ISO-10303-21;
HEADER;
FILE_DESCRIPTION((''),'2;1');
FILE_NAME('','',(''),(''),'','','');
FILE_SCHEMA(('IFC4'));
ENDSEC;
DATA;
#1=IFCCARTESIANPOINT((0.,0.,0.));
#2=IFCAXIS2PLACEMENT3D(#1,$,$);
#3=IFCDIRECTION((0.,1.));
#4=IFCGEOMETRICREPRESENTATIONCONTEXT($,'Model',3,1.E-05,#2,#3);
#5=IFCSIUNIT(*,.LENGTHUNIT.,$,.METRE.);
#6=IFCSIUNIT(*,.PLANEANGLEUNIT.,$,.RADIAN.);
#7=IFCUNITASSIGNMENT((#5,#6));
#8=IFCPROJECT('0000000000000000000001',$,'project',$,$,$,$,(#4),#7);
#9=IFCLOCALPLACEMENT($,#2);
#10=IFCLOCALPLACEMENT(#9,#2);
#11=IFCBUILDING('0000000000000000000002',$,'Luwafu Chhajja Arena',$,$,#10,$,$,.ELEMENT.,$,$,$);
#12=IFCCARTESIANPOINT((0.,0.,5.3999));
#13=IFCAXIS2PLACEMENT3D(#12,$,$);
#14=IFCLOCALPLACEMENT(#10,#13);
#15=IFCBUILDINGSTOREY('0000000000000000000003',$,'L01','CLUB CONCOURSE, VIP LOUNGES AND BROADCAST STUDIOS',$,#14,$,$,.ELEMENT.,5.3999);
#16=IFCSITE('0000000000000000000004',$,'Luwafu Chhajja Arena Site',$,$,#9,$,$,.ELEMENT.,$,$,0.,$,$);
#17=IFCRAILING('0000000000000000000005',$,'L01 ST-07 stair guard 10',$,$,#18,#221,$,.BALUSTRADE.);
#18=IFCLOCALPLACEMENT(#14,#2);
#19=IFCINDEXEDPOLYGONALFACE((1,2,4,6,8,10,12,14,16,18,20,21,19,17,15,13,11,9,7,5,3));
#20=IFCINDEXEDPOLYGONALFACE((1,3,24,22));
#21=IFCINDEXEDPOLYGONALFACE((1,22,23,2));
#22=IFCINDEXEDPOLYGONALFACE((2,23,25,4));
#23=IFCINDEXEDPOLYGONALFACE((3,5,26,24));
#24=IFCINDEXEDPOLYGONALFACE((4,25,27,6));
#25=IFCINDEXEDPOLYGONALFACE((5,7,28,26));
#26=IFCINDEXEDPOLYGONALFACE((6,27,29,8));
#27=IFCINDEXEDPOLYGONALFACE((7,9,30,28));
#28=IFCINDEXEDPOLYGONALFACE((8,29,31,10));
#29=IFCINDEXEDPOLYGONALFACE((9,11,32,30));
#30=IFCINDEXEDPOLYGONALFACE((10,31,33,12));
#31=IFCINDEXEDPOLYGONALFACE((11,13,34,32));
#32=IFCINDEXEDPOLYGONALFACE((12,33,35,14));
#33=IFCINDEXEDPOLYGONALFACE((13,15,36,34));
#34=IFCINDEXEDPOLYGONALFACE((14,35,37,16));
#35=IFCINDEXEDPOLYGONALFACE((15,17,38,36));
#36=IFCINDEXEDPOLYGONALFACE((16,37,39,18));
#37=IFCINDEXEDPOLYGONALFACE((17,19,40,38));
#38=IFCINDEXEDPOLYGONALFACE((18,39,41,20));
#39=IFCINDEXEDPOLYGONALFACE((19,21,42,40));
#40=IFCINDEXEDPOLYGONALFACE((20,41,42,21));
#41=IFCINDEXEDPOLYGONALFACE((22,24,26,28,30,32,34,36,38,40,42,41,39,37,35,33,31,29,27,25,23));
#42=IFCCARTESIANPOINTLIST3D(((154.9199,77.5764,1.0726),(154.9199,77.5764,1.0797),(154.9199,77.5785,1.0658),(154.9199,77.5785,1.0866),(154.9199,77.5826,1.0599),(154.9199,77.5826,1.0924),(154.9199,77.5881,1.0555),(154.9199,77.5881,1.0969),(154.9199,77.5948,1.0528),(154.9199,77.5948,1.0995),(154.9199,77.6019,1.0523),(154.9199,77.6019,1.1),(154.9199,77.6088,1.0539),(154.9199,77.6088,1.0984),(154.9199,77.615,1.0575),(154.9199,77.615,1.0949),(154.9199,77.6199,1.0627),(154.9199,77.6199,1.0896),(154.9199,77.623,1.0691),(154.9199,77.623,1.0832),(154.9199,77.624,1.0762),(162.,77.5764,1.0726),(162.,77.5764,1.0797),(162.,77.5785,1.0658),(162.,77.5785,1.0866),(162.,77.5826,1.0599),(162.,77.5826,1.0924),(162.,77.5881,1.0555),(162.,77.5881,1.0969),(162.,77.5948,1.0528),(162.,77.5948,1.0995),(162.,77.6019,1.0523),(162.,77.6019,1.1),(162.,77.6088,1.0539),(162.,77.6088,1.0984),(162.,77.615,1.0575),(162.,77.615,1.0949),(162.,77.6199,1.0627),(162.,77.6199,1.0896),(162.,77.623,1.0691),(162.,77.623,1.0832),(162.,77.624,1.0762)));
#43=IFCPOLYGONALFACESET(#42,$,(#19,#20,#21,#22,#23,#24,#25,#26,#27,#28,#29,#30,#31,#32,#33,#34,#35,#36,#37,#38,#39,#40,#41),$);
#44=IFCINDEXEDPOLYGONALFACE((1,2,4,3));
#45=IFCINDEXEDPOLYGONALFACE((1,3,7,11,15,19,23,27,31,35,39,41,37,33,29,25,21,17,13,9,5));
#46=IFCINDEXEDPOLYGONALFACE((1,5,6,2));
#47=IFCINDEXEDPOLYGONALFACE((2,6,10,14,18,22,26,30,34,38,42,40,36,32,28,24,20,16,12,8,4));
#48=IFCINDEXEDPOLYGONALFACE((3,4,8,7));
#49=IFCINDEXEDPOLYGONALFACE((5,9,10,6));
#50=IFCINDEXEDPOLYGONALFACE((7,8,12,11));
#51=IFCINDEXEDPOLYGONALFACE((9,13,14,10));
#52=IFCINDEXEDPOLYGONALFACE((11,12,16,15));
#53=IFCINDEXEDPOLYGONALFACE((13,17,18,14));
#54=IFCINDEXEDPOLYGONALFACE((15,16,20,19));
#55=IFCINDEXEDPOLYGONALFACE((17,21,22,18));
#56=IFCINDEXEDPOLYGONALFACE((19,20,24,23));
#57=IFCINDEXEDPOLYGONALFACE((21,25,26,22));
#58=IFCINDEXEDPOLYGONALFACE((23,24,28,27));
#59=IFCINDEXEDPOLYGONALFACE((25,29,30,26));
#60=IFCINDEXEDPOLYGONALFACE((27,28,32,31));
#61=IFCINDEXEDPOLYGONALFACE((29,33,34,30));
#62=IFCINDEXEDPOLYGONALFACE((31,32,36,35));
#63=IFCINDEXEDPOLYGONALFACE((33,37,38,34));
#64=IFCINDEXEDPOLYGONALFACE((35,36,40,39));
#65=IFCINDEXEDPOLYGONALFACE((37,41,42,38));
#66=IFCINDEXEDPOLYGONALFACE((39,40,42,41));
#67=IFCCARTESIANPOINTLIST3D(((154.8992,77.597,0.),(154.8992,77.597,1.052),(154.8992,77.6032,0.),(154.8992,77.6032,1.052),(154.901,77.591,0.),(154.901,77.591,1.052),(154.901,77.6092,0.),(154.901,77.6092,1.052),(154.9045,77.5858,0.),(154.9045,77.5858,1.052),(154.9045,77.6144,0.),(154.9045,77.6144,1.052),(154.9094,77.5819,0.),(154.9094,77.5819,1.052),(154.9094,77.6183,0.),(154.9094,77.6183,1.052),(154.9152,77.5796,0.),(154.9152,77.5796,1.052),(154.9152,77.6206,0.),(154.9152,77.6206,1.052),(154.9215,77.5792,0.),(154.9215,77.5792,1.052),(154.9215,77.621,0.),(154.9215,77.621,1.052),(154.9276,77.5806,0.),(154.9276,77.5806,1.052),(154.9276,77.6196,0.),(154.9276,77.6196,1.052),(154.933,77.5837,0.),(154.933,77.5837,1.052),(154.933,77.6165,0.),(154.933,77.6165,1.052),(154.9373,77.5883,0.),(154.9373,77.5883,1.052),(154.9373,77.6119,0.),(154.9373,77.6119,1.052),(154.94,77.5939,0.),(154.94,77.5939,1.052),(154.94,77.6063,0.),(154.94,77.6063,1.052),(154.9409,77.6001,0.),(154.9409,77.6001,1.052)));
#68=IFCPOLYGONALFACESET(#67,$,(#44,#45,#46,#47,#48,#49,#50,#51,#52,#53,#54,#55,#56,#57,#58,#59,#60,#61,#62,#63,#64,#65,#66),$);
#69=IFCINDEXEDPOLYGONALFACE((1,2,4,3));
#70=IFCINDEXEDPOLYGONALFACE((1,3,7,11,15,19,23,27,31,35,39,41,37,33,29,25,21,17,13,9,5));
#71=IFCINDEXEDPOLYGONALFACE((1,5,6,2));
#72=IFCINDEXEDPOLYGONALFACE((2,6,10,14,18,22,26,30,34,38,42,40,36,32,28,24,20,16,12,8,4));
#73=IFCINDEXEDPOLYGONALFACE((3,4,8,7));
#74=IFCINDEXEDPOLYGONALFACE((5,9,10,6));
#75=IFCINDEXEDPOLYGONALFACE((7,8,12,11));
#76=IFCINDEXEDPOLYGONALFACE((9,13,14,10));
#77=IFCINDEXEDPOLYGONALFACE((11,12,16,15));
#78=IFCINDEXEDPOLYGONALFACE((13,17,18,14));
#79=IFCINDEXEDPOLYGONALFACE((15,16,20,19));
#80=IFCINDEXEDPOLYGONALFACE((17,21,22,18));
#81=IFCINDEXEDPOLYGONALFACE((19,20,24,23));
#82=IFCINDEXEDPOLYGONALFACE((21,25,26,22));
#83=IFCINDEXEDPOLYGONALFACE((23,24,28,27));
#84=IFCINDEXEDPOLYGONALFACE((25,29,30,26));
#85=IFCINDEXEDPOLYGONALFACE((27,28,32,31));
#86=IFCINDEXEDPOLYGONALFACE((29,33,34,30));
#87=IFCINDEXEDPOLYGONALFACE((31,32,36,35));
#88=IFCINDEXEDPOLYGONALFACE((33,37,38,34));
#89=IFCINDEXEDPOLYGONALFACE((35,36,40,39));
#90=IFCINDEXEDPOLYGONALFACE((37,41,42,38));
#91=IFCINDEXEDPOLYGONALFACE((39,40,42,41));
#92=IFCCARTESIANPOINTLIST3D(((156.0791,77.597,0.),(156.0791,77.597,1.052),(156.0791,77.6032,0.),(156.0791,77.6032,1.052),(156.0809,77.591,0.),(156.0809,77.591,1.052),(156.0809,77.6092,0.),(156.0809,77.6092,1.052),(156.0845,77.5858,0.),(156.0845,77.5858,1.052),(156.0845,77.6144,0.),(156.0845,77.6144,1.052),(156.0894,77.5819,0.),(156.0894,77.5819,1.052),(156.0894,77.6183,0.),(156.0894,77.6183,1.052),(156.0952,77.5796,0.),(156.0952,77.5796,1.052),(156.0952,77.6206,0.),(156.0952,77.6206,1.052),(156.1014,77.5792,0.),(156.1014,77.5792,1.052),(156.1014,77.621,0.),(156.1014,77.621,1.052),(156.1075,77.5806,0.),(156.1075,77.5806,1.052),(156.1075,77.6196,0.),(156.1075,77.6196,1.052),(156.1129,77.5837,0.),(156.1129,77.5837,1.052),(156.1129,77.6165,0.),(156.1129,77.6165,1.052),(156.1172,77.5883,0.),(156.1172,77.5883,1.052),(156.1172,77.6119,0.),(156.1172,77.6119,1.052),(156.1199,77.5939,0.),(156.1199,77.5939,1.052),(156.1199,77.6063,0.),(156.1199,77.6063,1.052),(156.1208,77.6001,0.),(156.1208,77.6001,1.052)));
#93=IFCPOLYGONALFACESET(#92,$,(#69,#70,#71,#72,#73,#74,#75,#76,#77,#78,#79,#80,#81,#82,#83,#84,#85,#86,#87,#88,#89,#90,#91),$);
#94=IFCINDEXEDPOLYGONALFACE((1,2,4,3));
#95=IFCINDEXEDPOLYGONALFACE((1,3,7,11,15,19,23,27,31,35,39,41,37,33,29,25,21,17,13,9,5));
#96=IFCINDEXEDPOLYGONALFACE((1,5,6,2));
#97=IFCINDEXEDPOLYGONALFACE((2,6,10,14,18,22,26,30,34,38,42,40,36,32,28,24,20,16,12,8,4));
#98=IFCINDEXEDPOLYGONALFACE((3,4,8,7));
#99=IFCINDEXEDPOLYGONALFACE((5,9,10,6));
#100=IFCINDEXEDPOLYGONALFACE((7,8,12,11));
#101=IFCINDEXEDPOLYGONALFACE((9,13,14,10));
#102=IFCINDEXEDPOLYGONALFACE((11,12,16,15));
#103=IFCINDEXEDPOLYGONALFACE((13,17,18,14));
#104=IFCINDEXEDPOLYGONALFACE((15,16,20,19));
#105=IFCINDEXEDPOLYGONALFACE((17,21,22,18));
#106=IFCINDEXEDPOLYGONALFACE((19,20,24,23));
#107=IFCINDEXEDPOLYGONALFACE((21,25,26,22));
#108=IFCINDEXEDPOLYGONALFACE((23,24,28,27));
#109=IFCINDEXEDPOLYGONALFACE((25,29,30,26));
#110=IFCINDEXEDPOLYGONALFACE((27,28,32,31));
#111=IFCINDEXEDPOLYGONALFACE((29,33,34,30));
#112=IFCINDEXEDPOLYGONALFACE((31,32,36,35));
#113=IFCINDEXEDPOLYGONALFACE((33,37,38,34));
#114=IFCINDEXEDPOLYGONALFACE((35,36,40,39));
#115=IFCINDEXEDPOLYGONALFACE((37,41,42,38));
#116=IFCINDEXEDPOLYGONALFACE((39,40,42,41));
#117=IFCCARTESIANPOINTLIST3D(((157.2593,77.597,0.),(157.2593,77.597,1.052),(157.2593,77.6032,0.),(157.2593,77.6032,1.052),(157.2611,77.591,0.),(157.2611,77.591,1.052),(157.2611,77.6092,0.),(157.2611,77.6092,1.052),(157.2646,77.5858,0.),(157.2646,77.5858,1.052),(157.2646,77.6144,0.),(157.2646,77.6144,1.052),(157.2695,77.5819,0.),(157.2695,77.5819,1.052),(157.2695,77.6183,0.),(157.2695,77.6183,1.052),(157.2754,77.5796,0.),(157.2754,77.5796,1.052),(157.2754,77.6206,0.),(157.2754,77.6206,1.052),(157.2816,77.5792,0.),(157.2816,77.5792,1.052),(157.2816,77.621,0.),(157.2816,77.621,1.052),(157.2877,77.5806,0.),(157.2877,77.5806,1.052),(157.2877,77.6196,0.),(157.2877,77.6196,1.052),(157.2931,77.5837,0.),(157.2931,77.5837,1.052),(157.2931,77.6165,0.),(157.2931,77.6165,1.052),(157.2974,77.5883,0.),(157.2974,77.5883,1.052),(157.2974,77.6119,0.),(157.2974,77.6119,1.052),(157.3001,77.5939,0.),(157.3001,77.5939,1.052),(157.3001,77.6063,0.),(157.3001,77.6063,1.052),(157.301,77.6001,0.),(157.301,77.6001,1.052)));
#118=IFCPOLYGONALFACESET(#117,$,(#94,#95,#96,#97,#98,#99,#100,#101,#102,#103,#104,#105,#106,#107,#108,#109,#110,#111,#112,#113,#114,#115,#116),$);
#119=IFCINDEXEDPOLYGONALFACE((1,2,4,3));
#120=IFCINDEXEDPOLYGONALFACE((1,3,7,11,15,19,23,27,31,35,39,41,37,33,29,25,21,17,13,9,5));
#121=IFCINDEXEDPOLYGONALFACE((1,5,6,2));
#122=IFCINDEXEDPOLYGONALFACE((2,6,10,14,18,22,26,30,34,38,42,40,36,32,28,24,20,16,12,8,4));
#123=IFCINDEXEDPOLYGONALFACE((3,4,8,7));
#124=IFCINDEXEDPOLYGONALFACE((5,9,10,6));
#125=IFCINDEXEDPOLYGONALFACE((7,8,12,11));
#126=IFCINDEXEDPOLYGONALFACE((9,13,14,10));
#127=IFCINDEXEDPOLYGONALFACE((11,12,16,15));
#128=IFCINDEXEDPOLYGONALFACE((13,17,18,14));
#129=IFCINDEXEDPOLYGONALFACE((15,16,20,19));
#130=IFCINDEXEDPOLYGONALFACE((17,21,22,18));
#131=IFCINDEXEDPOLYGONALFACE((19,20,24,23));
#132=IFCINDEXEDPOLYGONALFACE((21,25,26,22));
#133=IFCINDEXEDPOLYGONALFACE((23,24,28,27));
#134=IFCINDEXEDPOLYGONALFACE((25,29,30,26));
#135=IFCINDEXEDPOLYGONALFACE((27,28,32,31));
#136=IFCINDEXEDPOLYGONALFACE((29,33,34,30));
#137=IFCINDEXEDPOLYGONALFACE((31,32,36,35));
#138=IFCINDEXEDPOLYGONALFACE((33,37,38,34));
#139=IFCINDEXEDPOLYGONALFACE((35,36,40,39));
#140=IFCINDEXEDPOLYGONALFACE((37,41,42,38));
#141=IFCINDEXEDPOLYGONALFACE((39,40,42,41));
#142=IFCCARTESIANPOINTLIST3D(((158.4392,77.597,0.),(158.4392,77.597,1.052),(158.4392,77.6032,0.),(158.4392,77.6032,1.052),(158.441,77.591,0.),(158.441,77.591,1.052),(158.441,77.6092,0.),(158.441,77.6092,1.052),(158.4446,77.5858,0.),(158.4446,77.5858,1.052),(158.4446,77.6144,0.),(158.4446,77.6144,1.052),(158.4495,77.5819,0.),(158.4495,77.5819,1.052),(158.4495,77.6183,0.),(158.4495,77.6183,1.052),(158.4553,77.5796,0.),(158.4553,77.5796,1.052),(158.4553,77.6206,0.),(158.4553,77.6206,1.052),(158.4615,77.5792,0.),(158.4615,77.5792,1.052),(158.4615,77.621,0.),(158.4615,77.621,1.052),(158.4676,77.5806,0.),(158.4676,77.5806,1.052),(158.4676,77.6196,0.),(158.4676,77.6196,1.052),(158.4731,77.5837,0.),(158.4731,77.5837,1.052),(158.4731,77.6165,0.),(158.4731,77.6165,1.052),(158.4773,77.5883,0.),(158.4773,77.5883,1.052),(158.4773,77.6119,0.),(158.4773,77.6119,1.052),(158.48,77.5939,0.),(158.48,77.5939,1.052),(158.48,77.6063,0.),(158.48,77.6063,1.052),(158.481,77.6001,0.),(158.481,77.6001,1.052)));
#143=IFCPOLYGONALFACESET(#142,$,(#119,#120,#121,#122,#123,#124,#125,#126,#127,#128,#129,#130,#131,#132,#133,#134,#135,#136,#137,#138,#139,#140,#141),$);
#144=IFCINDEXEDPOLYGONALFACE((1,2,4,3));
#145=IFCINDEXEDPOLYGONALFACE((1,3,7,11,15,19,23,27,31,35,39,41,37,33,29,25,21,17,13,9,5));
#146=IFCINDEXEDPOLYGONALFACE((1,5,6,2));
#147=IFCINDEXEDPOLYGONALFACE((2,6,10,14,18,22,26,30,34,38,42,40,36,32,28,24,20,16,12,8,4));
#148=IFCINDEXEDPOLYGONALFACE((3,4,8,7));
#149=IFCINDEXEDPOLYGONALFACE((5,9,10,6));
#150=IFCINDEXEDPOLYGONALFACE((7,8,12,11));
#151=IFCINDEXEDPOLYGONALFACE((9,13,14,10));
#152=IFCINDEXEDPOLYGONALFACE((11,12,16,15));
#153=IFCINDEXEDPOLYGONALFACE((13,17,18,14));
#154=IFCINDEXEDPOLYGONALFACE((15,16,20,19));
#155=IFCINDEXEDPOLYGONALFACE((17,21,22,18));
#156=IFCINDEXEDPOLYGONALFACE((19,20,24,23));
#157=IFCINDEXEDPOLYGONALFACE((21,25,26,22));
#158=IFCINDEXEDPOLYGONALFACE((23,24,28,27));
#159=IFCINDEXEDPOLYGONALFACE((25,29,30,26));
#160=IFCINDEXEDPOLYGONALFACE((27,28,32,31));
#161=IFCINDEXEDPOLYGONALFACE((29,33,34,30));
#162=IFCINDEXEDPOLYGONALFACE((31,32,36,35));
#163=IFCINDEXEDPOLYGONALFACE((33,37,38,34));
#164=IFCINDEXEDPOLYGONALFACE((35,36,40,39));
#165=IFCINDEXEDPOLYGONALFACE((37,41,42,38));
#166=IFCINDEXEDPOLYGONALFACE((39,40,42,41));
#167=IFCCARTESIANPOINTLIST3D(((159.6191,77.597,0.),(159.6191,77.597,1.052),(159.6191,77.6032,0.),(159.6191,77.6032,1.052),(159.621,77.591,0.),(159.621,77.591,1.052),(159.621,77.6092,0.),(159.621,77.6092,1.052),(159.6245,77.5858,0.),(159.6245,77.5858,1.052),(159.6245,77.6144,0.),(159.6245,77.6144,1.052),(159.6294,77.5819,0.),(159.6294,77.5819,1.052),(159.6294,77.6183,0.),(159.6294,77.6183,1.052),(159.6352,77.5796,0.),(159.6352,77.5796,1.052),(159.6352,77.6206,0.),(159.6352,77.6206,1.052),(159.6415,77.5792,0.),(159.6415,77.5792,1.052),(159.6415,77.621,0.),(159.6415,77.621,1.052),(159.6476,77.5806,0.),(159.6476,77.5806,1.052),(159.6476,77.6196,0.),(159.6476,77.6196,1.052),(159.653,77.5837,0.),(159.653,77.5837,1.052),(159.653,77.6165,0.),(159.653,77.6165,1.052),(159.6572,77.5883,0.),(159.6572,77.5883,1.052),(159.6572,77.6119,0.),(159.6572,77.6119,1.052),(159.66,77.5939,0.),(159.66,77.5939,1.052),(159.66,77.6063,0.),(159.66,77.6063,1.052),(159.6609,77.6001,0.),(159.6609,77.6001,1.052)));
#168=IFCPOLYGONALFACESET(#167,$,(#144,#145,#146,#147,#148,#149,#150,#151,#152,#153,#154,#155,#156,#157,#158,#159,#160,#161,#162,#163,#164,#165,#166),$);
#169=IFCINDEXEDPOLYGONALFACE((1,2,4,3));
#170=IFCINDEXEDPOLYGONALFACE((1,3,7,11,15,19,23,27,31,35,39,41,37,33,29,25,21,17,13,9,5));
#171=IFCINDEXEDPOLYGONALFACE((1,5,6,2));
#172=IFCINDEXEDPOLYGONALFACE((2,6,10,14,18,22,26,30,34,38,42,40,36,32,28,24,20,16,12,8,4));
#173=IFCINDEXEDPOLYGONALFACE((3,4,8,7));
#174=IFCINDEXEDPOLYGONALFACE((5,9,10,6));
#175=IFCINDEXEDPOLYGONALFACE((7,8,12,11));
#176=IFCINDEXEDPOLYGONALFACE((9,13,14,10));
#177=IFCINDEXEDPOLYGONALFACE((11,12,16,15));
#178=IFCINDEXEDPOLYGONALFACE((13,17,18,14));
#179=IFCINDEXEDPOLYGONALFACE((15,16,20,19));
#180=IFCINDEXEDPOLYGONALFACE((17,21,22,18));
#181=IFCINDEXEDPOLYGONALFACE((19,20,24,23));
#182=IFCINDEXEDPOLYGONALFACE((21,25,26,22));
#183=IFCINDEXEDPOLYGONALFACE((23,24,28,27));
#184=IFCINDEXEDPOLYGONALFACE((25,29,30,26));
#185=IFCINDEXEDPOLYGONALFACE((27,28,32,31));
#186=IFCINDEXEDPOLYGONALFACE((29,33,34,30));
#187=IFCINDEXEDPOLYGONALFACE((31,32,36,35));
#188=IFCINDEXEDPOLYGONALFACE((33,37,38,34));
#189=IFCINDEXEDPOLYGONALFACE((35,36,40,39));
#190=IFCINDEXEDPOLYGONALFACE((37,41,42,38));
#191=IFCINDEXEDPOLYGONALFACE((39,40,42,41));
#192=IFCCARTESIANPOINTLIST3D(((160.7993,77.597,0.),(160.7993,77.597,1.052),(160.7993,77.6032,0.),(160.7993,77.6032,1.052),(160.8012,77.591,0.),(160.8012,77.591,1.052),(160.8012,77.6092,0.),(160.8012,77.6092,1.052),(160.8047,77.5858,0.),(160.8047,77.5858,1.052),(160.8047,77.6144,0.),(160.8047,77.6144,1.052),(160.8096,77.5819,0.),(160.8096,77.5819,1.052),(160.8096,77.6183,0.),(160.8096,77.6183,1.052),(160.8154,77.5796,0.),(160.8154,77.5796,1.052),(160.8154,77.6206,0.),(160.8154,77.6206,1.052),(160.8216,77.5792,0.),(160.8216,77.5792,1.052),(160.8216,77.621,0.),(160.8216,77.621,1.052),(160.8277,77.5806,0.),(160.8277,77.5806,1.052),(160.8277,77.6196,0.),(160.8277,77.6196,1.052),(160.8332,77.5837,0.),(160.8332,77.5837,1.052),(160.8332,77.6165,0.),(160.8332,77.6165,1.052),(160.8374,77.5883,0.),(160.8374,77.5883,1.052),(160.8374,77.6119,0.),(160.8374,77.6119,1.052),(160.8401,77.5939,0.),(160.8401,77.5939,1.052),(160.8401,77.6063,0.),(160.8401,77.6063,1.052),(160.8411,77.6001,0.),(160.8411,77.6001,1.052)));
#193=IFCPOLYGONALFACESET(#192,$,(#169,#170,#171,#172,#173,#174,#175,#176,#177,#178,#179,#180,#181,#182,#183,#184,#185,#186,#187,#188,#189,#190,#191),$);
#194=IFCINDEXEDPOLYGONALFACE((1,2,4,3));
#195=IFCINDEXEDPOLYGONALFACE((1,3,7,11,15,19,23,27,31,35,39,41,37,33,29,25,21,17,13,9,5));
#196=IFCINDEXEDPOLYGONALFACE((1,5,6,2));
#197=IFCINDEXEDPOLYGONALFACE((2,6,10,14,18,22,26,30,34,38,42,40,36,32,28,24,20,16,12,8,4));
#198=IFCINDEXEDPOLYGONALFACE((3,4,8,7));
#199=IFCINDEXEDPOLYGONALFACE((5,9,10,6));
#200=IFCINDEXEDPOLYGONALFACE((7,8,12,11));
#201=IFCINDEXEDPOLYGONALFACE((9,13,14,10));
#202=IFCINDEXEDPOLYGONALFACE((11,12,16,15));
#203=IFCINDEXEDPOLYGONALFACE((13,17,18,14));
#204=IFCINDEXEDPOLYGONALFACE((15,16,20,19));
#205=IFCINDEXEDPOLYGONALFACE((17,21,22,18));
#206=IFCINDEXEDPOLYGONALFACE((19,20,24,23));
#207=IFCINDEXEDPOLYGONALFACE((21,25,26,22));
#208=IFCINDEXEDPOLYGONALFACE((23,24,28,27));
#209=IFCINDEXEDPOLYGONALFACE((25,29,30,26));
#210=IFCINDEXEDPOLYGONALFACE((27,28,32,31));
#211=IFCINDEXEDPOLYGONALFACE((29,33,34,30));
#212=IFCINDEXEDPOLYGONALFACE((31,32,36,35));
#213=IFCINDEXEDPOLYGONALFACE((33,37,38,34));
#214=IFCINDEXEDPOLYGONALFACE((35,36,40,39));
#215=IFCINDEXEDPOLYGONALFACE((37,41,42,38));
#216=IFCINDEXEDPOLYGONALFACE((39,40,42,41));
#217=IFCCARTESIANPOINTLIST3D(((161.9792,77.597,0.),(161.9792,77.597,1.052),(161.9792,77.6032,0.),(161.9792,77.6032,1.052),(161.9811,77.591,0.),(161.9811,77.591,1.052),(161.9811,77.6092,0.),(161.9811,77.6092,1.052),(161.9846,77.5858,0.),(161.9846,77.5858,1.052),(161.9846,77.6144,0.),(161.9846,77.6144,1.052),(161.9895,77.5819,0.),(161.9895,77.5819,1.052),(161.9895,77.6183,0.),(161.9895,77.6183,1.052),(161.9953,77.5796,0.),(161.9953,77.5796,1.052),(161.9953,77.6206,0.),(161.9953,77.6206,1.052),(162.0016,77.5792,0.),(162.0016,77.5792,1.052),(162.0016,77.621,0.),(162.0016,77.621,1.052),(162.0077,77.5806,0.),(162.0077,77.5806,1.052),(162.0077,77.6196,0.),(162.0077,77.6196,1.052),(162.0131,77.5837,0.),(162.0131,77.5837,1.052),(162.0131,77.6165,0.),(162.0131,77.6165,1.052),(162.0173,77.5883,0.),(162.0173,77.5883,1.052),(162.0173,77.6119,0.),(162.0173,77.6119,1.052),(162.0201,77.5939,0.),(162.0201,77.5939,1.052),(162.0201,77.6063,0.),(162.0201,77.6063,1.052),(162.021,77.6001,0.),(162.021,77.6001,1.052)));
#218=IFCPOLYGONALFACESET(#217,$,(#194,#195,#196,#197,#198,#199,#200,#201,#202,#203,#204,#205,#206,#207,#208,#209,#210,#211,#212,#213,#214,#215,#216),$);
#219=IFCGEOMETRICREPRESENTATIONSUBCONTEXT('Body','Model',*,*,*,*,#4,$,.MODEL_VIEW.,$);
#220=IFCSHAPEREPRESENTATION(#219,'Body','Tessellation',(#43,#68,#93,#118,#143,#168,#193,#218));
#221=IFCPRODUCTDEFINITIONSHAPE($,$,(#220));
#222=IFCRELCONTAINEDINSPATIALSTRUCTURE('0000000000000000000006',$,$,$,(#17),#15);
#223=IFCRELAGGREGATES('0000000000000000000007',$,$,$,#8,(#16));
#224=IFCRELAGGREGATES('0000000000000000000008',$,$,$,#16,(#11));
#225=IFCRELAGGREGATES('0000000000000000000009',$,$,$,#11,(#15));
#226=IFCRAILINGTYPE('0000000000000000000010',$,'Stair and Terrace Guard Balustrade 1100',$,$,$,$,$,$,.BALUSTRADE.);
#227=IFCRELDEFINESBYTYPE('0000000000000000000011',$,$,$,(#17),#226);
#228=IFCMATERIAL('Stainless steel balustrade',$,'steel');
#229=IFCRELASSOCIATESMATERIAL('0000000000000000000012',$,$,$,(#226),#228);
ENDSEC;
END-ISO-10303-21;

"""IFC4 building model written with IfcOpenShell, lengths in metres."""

from ifc_helpers import new_model, si_unit, direction, frame, origin, origin_2d, place, context, subcontext, project, spatial, circle, extrude, material, type_object, element, save


model = new_model("IFC4")

# Units and contexts
model_context = context("Model", 3, precision=1e-05, world=origin(), true_north=direction((0.0, 1.0)))
body_context = subcontext(model_context, "Body", "Model", "MODEL_VIEW")
ifc_project = project(units=[si_unit("LENGTHUNIT", "METRE"), si_unit("PLANEANGLEUNIT", "RADIAN")], contexts=[model_context])

# Site, building, storey
site_placement = place(None, origin())
site = spatial("IfcSite", under=ifc_project, at=site_placement, Name="Luwafu Chhajja Arena Site", CompositionType="ELEMENT", RefElevation=0.0)
building_placement = place(site_placement, origin())
building = spatial("IfcBuilding", under=site, at=building_placement, Name="Luwafu Chhajja Arena", CompositionType="ELEMENT")
storey_placement = place(building_placement, frame((0.0, 0.0, 5.3999)))
storey = spatial("IfcBuildingStorey", under=building, at=storey_placement, Name="L01", Description="CLUB CONCOURSE, VIP LOUNGES AND BROADCAST STUDIOS", CompositionType="ELEMENT", Elevation=5.3999)

# Railing
ifc_material_1 = material(Name="Stainless steel balustrade", Category="steel")
railing_type_1 = type_object("IfcRailingType", Name="Stair and Terrace Guard Balustrade 1100", PredefinedType="BALUSTRADE", material=ifc_material_1)
railing_1_placement = place(storey_placement, frame((154.9199, 77.6001, 0.0)))
element("IfcRailing", 1, at=railing_1_placement, inside=storey, type_object=railing_type_1, Name="L01 ST-07 stair guard 10", PredefinedType="BALUSTRADE", context=body_context, shape_type="SweptSolid", body=[
    extrude(circle(Radius=0.0239, at=origin_2d()), frame((0.0, 0.0, 1.0762), z_axis=(1.0, 0.0, 0.0), x_axis=(0.0, 1.0, 0.0)), (0.0, 0.0, 1.0), 7.0801),
    extrude(circle(Radius=0.021, at=origin_2d()), origin(), (0.0, 0.0, 1.0), 1.052),
    extrude(circle(Radius=0.021, at=origin_2d()), frame((1.1799, 0.0, 0.0)), (0.0, 0.0, 1.0), 1.052),
    extrude(circle(Radius=0.021, at=origin_2d()), frame((2.3601, 0.0, 0.0)), (0.0, 0.0, 1.0), 1.052),
    extrude(circle(Radius=0.021, at=origin_2d()), frame((3.54, 0.0, 0.0)), (0.0, 0.0, 1.0), 1.052),
    extrude(circle(Radius=0.021, at=origin_2d()), frame((4.72, 0.0, 0.0)), (0.0, 0.0, 1.0), 1.052),
    extrude(circle(Radius=0.021, at=origin_2d()), frame((5.9001, 0.0, 0.0)), (0.0, 0.0, 1.0), 1.052),
    extrude(circle(Radius=0.021, at=origin_2d()), frame((7.0801, 0.0, 0.0)), (0.0, 0.0, 1.0), 1.052),
])

save(model, "model.ifc")
